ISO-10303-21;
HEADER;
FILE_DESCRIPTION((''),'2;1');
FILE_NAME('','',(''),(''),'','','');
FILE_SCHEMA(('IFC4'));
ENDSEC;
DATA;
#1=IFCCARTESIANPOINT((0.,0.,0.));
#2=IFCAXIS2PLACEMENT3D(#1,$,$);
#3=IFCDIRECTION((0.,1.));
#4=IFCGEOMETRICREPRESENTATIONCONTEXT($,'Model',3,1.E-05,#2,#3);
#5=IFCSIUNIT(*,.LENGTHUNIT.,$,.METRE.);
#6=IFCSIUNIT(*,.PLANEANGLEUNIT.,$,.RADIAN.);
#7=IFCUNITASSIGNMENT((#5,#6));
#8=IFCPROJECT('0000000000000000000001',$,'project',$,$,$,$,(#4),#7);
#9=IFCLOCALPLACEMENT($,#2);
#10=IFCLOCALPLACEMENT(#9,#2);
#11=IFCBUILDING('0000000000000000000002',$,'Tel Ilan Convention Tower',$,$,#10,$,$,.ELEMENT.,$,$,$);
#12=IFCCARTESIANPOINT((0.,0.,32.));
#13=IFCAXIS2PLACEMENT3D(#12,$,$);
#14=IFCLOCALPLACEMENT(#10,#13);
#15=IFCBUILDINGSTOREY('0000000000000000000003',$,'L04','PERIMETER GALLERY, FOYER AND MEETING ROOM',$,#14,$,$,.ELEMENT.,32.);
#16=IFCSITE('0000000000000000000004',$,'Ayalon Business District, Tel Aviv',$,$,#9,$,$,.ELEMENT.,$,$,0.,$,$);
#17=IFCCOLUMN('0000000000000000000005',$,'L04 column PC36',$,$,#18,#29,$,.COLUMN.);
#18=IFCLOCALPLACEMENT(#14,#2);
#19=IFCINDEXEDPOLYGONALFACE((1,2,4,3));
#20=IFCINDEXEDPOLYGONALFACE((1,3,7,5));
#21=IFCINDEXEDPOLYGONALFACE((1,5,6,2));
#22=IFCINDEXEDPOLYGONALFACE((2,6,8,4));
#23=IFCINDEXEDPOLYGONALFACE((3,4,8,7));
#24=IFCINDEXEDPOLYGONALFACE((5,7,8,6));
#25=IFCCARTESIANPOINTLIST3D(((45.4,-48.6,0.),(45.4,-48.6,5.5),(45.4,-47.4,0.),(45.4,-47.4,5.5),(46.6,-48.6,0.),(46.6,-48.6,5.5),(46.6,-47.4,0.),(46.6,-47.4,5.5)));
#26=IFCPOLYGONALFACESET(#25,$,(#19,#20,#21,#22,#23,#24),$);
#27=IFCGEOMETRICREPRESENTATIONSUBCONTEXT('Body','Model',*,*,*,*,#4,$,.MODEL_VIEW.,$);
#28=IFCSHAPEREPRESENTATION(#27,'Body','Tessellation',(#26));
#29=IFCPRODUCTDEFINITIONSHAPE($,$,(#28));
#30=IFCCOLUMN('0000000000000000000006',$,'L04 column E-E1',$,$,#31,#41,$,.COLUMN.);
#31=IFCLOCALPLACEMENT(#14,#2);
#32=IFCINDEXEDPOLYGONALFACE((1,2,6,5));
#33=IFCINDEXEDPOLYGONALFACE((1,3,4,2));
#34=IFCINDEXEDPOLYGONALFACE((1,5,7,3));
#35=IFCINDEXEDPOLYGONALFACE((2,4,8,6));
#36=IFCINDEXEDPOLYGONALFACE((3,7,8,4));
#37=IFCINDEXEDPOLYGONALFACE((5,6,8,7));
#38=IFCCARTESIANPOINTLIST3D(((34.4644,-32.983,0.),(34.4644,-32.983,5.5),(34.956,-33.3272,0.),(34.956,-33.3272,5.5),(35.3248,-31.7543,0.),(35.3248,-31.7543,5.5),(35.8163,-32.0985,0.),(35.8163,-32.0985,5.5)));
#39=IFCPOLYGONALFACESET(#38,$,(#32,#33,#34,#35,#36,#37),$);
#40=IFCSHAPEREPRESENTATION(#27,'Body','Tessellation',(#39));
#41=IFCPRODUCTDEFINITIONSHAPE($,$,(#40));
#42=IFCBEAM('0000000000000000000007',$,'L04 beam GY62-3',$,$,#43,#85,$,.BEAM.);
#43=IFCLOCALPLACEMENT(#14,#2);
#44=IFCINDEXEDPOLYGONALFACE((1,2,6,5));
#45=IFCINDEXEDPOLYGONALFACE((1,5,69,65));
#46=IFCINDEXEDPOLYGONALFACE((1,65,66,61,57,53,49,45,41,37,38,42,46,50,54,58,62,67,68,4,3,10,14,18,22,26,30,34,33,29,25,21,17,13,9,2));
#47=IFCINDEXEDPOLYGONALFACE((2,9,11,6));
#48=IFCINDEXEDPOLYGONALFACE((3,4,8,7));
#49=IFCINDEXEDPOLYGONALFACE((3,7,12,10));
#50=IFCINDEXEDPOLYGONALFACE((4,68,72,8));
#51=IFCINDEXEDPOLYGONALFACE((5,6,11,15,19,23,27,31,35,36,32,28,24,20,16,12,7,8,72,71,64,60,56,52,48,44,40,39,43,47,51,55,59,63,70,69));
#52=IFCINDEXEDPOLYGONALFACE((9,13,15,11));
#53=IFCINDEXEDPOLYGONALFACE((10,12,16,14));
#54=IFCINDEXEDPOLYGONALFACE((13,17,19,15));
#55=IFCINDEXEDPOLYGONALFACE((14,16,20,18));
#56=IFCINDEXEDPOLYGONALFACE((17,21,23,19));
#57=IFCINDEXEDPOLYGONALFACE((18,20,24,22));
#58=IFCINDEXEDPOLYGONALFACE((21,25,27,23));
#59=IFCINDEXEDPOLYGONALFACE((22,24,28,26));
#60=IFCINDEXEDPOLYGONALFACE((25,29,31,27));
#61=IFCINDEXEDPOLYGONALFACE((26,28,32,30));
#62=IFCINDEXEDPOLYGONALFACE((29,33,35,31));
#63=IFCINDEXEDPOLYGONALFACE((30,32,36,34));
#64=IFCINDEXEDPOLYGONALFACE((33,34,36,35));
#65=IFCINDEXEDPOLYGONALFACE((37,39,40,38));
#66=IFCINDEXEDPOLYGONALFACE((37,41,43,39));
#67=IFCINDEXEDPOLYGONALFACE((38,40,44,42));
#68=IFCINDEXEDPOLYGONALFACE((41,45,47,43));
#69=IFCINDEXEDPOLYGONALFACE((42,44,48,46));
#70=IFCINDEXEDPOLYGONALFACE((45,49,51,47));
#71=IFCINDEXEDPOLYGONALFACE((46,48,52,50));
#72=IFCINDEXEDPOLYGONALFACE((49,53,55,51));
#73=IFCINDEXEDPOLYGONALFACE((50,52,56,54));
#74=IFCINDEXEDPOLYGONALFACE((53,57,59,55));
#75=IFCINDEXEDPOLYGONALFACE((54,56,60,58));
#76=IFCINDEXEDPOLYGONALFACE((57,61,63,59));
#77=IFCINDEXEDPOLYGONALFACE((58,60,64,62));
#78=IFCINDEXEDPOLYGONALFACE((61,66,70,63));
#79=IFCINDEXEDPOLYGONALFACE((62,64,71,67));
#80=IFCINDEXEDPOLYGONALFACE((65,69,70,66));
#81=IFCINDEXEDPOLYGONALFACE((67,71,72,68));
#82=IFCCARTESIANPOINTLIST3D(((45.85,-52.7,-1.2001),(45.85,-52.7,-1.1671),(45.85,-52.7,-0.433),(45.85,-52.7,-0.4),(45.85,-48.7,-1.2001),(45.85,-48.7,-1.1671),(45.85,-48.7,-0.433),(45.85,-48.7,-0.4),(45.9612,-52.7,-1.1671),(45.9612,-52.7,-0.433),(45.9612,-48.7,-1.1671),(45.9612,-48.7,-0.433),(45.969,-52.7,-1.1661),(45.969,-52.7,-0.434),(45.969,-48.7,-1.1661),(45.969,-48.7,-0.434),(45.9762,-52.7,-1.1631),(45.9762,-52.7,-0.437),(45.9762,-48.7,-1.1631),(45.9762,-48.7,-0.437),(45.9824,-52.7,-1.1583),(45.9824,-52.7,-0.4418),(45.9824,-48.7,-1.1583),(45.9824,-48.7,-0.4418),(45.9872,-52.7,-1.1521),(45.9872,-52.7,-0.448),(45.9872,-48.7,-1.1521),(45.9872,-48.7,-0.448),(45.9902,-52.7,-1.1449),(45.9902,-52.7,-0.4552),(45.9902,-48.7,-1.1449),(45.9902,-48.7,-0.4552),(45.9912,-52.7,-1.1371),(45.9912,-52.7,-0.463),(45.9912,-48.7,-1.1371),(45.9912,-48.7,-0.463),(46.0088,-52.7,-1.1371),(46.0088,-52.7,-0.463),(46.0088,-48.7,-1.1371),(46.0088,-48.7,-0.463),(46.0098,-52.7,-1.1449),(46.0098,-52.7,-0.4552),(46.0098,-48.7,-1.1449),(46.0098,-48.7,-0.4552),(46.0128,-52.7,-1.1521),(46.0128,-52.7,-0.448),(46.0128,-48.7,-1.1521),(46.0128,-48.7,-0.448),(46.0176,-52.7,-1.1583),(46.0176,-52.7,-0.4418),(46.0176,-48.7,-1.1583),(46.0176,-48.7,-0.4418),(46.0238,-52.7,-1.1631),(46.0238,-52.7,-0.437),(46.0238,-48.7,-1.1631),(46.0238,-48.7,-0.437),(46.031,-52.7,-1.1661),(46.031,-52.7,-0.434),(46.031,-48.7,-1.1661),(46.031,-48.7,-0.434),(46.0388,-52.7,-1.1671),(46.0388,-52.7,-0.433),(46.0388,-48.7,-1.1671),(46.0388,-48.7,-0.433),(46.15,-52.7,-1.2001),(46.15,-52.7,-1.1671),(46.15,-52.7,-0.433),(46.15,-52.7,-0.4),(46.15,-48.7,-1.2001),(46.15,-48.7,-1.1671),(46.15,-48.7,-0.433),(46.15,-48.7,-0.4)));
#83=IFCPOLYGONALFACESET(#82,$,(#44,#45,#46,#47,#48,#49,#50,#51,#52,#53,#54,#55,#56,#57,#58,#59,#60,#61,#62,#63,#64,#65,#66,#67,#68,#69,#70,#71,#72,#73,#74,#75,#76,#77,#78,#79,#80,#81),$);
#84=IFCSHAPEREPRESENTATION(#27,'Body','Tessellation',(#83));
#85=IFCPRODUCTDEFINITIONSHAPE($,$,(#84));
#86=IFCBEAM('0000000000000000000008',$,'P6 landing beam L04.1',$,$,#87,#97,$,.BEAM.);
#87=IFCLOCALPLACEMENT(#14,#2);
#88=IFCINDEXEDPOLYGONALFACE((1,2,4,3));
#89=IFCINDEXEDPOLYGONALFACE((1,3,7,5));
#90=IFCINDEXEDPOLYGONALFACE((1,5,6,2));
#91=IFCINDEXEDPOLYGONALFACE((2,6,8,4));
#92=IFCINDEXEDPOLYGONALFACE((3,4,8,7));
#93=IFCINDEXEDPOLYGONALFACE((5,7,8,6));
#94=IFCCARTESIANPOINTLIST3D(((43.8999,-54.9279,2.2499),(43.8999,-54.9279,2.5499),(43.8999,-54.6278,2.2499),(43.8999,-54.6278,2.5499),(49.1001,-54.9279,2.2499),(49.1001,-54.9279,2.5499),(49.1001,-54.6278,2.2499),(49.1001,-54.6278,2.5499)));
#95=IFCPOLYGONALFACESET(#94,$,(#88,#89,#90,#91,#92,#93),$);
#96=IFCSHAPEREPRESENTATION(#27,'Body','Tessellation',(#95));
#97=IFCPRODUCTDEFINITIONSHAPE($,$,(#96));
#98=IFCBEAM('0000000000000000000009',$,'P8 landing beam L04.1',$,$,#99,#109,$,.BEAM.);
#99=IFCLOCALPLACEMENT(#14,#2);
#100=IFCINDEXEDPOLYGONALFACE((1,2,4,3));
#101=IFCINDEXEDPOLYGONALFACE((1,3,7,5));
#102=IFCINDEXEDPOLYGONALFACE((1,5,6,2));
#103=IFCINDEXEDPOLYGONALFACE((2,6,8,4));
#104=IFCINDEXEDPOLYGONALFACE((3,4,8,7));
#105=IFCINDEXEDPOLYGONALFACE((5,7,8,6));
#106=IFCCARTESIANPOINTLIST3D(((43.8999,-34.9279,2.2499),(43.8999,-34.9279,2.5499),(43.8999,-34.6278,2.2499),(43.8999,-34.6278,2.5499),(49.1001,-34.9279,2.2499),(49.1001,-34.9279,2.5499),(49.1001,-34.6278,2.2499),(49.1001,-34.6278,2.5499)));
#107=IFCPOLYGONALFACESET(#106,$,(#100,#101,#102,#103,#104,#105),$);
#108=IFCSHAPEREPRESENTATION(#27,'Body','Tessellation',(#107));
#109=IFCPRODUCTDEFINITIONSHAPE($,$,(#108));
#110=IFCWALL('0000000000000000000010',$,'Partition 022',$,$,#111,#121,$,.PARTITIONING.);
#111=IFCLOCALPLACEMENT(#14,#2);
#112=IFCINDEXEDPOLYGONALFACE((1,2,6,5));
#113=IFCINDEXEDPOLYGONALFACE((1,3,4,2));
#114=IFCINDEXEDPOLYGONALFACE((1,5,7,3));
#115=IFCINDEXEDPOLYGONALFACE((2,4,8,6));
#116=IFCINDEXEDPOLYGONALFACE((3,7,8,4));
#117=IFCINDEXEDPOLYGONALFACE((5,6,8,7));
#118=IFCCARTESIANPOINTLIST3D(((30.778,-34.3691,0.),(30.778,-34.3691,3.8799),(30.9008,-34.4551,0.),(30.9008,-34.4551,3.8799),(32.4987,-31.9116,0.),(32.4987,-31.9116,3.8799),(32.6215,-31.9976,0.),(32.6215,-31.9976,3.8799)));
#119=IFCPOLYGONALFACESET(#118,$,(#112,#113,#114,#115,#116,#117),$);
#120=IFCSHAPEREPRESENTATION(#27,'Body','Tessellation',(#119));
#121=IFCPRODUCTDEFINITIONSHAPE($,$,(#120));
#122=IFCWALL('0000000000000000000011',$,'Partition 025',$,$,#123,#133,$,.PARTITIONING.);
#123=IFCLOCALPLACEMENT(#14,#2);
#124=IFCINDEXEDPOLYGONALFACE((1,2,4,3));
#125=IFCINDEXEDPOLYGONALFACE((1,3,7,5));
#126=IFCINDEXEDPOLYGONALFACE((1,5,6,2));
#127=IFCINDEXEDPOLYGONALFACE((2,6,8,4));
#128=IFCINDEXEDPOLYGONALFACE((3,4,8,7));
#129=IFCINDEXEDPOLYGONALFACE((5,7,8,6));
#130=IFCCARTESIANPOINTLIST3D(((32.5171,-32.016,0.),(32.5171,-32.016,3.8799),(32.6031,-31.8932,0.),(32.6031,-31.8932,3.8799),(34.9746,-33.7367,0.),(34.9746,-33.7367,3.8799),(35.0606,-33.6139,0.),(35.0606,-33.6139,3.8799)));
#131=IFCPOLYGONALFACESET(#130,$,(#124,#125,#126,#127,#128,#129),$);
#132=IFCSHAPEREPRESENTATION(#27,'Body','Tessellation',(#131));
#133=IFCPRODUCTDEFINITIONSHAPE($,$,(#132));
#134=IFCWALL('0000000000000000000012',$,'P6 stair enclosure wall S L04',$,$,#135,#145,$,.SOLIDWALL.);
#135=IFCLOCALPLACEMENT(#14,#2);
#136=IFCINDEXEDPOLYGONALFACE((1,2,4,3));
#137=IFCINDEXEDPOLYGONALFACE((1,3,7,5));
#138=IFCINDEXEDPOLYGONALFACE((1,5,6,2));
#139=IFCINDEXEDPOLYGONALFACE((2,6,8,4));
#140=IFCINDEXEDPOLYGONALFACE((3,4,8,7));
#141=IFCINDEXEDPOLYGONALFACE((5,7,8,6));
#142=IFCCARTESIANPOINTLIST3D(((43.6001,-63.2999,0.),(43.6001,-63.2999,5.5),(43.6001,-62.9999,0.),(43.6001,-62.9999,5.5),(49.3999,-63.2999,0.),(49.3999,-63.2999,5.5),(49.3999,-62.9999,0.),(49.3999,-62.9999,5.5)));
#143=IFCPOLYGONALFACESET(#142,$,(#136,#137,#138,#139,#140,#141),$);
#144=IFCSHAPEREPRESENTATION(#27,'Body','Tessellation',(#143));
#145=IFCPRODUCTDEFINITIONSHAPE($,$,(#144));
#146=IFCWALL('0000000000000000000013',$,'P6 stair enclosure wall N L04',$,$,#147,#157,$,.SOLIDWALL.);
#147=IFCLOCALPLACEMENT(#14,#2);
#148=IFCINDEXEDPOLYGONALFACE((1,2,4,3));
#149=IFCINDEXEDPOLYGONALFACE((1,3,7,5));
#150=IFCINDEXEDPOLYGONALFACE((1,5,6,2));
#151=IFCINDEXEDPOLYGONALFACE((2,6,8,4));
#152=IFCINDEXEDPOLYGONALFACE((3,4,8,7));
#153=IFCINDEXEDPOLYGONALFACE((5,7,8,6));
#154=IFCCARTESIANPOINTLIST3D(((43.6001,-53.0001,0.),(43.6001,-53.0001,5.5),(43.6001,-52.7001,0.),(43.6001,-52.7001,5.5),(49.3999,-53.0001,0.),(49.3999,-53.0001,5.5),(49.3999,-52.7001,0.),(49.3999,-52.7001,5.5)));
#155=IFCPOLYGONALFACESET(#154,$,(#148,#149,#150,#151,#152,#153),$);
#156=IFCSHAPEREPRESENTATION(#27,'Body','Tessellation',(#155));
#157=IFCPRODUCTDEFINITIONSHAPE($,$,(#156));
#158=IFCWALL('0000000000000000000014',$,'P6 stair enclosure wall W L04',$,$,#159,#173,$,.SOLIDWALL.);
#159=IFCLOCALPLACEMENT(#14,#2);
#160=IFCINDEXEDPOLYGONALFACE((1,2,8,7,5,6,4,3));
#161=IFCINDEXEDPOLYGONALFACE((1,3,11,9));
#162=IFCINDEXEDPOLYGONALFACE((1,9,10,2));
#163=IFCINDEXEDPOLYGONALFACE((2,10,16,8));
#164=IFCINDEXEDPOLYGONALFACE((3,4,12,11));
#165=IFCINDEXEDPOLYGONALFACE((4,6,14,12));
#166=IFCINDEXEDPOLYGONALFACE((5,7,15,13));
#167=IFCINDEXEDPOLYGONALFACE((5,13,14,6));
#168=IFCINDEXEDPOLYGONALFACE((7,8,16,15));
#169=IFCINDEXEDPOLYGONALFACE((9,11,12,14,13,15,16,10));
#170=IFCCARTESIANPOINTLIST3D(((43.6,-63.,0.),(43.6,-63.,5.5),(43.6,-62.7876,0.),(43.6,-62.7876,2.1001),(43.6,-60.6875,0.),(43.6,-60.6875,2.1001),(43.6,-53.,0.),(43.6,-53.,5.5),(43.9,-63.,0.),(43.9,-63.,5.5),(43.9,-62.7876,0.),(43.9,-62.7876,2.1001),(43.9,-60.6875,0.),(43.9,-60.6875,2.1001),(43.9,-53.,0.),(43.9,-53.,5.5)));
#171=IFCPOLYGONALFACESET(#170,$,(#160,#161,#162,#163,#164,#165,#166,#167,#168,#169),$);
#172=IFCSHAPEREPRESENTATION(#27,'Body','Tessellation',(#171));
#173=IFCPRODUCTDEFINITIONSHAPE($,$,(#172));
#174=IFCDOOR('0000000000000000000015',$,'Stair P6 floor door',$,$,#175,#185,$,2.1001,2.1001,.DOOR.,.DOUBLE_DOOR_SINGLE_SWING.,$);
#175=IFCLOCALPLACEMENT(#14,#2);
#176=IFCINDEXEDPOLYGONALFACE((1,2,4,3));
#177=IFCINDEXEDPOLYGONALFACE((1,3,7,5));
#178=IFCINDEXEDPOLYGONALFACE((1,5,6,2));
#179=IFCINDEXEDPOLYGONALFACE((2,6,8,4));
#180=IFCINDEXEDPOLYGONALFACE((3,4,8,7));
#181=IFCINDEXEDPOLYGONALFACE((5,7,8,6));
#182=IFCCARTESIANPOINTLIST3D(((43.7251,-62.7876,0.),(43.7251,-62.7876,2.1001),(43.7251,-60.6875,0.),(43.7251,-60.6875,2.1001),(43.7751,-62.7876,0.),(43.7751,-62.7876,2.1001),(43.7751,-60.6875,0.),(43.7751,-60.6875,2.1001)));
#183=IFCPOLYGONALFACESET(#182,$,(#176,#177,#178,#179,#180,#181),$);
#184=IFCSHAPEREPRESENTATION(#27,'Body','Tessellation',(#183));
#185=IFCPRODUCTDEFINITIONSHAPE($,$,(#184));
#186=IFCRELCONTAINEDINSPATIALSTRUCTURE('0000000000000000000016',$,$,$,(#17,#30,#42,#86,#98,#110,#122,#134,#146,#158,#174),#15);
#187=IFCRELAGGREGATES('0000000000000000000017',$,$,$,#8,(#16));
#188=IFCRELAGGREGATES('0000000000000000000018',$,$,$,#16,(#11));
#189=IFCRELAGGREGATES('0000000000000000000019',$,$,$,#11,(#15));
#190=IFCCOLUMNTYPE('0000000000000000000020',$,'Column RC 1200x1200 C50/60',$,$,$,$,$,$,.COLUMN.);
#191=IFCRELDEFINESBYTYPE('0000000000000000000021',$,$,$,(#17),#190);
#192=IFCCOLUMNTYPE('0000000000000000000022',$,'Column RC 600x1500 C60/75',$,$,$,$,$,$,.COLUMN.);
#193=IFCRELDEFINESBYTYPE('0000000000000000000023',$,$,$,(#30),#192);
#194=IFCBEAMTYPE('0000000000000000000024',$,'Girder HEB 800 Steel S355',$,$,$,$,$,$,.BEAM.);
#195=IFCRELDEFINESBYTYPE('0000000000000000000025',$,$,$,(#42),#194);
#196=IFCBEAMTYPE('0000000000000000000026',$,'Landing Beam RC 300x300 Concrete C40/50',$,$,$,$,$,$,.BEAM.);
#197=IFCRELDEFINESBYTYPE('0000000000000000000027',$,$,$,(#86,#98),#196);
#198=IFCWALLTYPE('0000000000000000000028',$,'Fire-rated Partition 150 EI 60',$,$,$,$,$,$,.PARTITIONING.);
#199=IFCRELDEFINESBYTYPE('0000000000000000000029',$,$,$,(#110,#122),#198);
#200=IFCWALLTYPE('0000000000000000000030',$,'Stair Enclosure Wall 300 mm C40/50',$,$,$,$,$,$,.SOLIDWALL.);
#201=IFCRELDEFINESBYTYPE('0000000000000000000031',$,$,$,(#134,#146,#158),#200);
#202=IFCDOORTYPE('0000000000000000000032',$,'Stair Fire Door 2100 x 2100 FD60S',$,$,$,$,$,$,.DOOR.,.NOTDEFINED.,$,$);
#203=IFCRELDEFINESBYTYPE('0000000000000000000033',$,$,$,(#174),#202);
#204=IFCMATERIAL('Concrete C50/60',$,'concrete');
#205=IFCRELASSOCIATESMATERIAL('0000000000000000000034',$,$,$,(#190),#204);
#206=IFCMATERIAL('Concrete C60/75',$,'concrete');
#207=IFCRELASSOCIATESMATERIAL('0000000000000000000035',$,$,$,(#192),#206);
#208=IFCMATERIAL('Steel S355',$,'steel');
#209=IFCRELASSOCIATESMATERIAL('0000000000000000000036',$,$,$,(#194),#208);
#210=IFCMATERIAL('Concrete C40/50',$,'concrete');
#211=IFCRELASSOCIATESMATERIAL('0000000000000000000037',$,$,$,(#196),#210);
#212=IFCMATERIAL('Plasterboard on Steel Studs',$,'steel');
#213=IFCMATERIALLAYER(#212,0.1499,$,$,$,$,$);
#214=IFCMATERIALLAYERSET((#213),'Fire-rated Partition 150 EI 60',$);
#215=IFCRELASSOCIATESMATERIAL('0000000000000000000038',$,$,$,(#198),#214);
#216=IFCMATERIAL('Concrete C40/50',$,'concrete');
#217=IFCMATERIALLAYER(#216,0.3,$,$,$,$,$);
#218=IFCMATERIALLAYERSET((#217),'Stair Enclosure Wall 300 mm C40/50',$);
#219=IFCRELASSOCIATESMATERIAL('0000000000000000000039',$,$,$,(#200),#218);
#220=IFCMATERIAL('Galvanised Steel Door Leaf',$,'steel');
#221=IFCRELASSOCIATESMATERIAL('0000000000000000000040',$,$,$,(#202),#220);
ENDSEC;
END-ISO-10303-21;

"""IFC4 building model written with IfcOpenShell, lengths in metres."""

from ifc_helpers import new_model, si_unit, direction, frame, frame_2d, origin, origin_2d, place, context, subcontext, project, spatial, rectangle, i_section, extrude, material, layer, layer_set, material_profile, profile_set, type_object, element, fill, save


model = new_model("IFC4")

# Units and contexts
model_context = context("Model", 3, precision=1e-05, world=origin(), true_north=direction((0.0, 1.0)))
body_context = subcontext(model_context, "Body", "Model", "MODEL_VIEW")
ifc_project = project(units=[si_unit("LENGTHUNIT", "METRE"), si_unit("PLANEANGLEUNIT", "RADIAN")], contexts=[model_context])

# Site, building, storey
site_placement = place(None, origin())
site = spatial("IfcSite", under=ifc_project, at=site_placement, Name="Ayalon Business District, Tel Aviv", CompositionType="ELEMENT", RefElevation=0.0)
building_placement = place(site_placement, origin())
building = spatial("IfcBuilding", under=site, at=building_placement, Name="Tel Ilan Convention Tower", CompositionType="ELEMENT")
storey_placement = place(building_placement, frame((0.0, 0.0, 32.0)))
storey = spatial("IfcBuildingStorey", under=building, at=storey_placement, Name="L04", Description="PERIMETER GALLERY, FOYER AND MEETING ROOM", CompositionType="ELEMENT", Elevation=32.0)

# Columns
ifc_material_1 = material(Name="Concrete C50/60", Category="concrete")
ifc_material_profile_1 = material_profile(ifc_material_1, rectangle(XDim=1.2, YDim=1.2, at=origin_2d()), Name="RC 1200x1200")
ifc_profile_set_1 = profile_set([ifc_material_profile_1], Name="Concrete C50/60")
column_type_1 = type_object("IfcColumnType", Name="Column RC 1200x1200 C50/60", PredefinedType="COLUMN", material=ifc_profile_set_1)
column_1_placement = place(storey_placement, frame((46.0, -48.0, 0.0), z_axis=(0.0, 0.0, 1.0), x_axis=(1.0, 0.0, 0.0)))
element("IfcColumn", 1, at=column_1_placement, inside=storey, type_object=column_type_1, Name="L04 column PC36", PredefinedType="COLUMN", context=body_context, shape_type="SweptSolid", body=[
    extrude(rectangle(XDim=1.2, YDim=1.2, at=origin_2d()), origin(), (0.0, 0.0, 1.0), 5.5),
])
ifc_material_2 = material(Name="Concrete C60/75", Category="concrete")
ifc_material_profile_2 = material_profile(ifc_material_2, rectangle(XDim=1.5, YDim=0.6001, at=origin_2d()), Name="RC 600x1500")
ifc_profile_set_2 = profile_set([ifc_material_profile_2], Name="Concrete C60/75")
column_type_2 = type_object("IfcColumnType", Name="Column RC 600x1500 C60/75", PredefinedType="COLUMN", material=ifc_profile_set_2)
column_2_placement = place(storey_placement, frame((35.1404, -32.5408, 0.0), z_axis=(0.0, 0.0, 1.0), x_axis=(0.573576, 0.819152, 0.0)))
element("IfcColumn", 2, at=column_2_placement, inside=storey, type_object=column_type_2, Name="L04 column E-E1", PredefinedType="COLUMN", context=body_context, shape_type="SweptSolid", body=[
    extrude(rectangle(XDim=1.5, YDim=0.6001, at=origin_2d()), origin(), (0.0, 0.0, 1.0), 5.5),
])

# Beams
ifc_material_3 = material(Name="Steel S355", Category="steel")
ifc_material_profile_3 = material_profile(ifc_material_3, i_section(OverallWidth=0.3, OverallDepth=0.8, WebThickness=0.0176, FlangeThickness=0.033, FilletRadius=0.03, at=origin_2d()), Name="HEB 800")
ifc_profile_set_3 = profile_set([ifc_material_profile_3], Name="Steel S355")
beam_type_1 = type_object("IfcBeamType", Name="Girder HEB 800 Steel S355", PredefinedType="BEAM", material=ifc_profile_set_3)
beam_placement = place(storey_placement, frame((46.0, -52.7, -0.8), z_axis=(0.0, 1.0, 0.0), x_axis=(-1.0, 0.0, 0.0)))
element("IfcBeam", 3, at=beam_placement, inside=storey, type_object=beam_type_1, Name="L04 beam GY62-3", PredefinedType="BEAM", context=body_context, shape_type="SweptSolid", body=[
    extrude(i_section(OverallWidth=0.3, OverallDepth=0.8, WebThickness=0.0176, FlangeThickness=0.033, FilletRadius=0.03, at=origin_2d()), origin(), (0.0, 0.0, 1.0), 4.0),
])
ifc_material_4 = material(Name="Concrete C40/50", Category="concrete")
ifc_material_profile_4 = material_profile(ifc_material_4, rectangle(XDim=0.3, YDim=0.3, at=origin_2d()), Name="RC 300x300")
ifc_profile_set_4 = profile_set([ifc_material_profile_4], Name="Concrete C40/50")
beam_type_2 = type_object("IfcBeamType", Name="Landing Beam RC 300x300 Concrete C40/50", PredefinedType="BEAM", material=ifc_profile_set_4)
for number, where, z_axis, x_axis, name in (
    (4, (49.1001, -54.7778, 2.3999), (-1.0, 0.0, 0.0), (0.0, -1.0, 0.0), "P6 landing beam L04.1"),
    (5, (49.1001, -34.7778, 2.3999), (-1.0, 0.0, 0.0), (0.0, -1.0, 0.0), "P8 landing beam L04.1"),
):
    element("IfcBeam", number, at=place(storey_placement, frame(where, z_axis=z_axis, x_axis=x_axis)), inside=storey, type_object=beam_type_2, Name=name, PredefinedType="BEAM", context=body_context, shape_type="SweptSolid", body=[
        extrude(rectangle(XDim=0.3, YDim=0.3, at=origin_2d()), origin(), (0.0, 0.0, 1.0), 5.2002),
    ])

# Walls
ifc_material_5 = material(Name="Plasterboard on Steel Studs", Category="steel")
ifc_layer_1 = layer(ifc_material_5, 0.1499)
ifc_layer_set_1 = layer_set([ifc_layer_1], Name="Fire-rated Partition 150 EI 60")
wall_type_1 = type_object("IfcWallType", Name="Fire-rated Partition 150 EI 60", PredefinedType="PARTITIONING", material=ifc_layer_set_1)
for number, where, z_axis, x_axis, name in (
    (6, (32.5601, -31.9546, 0.0), (0.0, 0.0, 1.0), (-0.573561, -0.819163, 0.0), "Partition 022"),
    (7, (35.0176, -33.6753, 0.0), (0.0, 0.0, 1.0), (-0.819163, 0.573561, 0.0), "Partition 025"),
):
    element("IfcWall", number, at=place(storey_placement, frame(where, z_axis=z_axis, x_axis=x_axis)), inside=storey, type_object=wall_type_1, Name=name, PredefinedType="PARTITIONING", context=body_context, shape_type="SweptSolid", body=[
        extrude(rectangle(XDim=3.0, YDim=0.1499, at=frame_2d((1.5, 0.0))), origin(), (0.0, 0.0, 1.0), 3.8799),
    ])
ifc_material_6 = material(Name="Concrete C40/50", Category="concrete")
ifc_layer_2 = layer(ifc_material_6, 0.3)
ifc_layer_set_2 = layer_set([ifc_layer_2], Name="Stair Enclosure Wall 300 mm C40/50")
wall_type_2 = type_object("IfcWallType", Name="Stair Enclosure Wall 300 mm C40/50", PredefinedType="SOLIDWALL", material=ifc_layer_set_2)
for number, where, z_axis, x_axis, name in (
    (8, (43.6001, -63.1499, 0.0), (0.0, 0.0, 1.0), (1.0, 0.0, 0.0), "P6 stair enclosure wall S L04"),
    (9, (43.6001, -52.8501, 0.0), (0.0, 0.0, 1.0), (1.0, 0.0, 0.0), "P6 stair enclosure wall N L04"),
):
    element("IfcWall", number, at=place(storey_placement, frame(where, z_axis=z_axis, x_axis=x_axis)), inside=storey, type_object=wall_type_2, Name=name, PredefinedType="SOLIDWALL", context=body_context, shape_type="SweptSolid", body=[
        extrude(rectangle(XDim=5.7998, YDim=0.3, at=frame_2d((2.8999, 0.0))), origin(), (0.0, 0.0, 1.0), 5.5),
    ])

# Wall, opening, door
wall_1_placement = place(storey_placement, frame((43.75, -63.0, 0.0), z_axis=(0.0, 0.0, 1.0), x_axis=(0.0, 1.0, 0.0)))
wall_1 = element("IfcWall", 10, at=wall_1_placement, inside=storey, type_object=wall_type_2, Name="P6 stair enclosure wall W L04", PredefinedType="SOLIDWALL", context=body_context, shape_type="SweptSolid", body=[
    extrude(rectangle(XDim=10.0, YDim=0.3, at=frame_2d((5.0, 0.0))), origin(), (0.0, 0.0, 1.0), 5.5),
])
opening_1_placement = place(wall_1_placement, frame((0.2124, 0.0, 0.0)))
opening_1 = element("IfcOpeningElement", 11, at=opening_1_placement, cuts=wall_1, PredefinedType="OPENING", context=body_context, shape_type="SweptSolid", body=[
    extrude(rectangle(XDim=2.1001, YDim=2.1001, at=frame_2d((1.05, 1.05))), frame((0.0, 0.1599, 0.0), z_axis=(0.0, -1.0, 0.0), x_axis=(1.0, 0.0, 0.0)), (0.0, 0.0, 1.0), 0.3201),
])
ifc_material_7 = material(Name="Galvanised Steel Door Leaf", Category="steel")
door_type = type_object("IfcDoorType", Name="Stair Fire Door 2100 x 2100 FD60S", OperationType="NOTDEFINED", PredefinedType="DOOR", material=ifc_material_7)
door_1_placement = place(opening_1_placement, origin())
door_1 = element("IfcDoor", 12, at=door_1_placement, inside=storey, type_object=door_type, Name="Stair P6 floor door", OperationType="DOUBLE_DOOR_SINGLE_SWING", OverallHeight=2.1001, OverallWidth=2.1001, PredefinedType="DOOR", context=body_context, shape_type="SweptSolid", body=[
    extrude(rectangle(XDim=2.1001, YDim=2.1001, at=frame_2d((1.05, 1.05))), frame((0.0, 0.0249, 0.0), z_axis=(0.0, -1.0, 0.0), x_axis=(1.0, 0.0, 0.0)), (0.0, 0.0, 1.0), 0.05),
])
fill(opening_1, door_1)

save(model, "model.ifc")
